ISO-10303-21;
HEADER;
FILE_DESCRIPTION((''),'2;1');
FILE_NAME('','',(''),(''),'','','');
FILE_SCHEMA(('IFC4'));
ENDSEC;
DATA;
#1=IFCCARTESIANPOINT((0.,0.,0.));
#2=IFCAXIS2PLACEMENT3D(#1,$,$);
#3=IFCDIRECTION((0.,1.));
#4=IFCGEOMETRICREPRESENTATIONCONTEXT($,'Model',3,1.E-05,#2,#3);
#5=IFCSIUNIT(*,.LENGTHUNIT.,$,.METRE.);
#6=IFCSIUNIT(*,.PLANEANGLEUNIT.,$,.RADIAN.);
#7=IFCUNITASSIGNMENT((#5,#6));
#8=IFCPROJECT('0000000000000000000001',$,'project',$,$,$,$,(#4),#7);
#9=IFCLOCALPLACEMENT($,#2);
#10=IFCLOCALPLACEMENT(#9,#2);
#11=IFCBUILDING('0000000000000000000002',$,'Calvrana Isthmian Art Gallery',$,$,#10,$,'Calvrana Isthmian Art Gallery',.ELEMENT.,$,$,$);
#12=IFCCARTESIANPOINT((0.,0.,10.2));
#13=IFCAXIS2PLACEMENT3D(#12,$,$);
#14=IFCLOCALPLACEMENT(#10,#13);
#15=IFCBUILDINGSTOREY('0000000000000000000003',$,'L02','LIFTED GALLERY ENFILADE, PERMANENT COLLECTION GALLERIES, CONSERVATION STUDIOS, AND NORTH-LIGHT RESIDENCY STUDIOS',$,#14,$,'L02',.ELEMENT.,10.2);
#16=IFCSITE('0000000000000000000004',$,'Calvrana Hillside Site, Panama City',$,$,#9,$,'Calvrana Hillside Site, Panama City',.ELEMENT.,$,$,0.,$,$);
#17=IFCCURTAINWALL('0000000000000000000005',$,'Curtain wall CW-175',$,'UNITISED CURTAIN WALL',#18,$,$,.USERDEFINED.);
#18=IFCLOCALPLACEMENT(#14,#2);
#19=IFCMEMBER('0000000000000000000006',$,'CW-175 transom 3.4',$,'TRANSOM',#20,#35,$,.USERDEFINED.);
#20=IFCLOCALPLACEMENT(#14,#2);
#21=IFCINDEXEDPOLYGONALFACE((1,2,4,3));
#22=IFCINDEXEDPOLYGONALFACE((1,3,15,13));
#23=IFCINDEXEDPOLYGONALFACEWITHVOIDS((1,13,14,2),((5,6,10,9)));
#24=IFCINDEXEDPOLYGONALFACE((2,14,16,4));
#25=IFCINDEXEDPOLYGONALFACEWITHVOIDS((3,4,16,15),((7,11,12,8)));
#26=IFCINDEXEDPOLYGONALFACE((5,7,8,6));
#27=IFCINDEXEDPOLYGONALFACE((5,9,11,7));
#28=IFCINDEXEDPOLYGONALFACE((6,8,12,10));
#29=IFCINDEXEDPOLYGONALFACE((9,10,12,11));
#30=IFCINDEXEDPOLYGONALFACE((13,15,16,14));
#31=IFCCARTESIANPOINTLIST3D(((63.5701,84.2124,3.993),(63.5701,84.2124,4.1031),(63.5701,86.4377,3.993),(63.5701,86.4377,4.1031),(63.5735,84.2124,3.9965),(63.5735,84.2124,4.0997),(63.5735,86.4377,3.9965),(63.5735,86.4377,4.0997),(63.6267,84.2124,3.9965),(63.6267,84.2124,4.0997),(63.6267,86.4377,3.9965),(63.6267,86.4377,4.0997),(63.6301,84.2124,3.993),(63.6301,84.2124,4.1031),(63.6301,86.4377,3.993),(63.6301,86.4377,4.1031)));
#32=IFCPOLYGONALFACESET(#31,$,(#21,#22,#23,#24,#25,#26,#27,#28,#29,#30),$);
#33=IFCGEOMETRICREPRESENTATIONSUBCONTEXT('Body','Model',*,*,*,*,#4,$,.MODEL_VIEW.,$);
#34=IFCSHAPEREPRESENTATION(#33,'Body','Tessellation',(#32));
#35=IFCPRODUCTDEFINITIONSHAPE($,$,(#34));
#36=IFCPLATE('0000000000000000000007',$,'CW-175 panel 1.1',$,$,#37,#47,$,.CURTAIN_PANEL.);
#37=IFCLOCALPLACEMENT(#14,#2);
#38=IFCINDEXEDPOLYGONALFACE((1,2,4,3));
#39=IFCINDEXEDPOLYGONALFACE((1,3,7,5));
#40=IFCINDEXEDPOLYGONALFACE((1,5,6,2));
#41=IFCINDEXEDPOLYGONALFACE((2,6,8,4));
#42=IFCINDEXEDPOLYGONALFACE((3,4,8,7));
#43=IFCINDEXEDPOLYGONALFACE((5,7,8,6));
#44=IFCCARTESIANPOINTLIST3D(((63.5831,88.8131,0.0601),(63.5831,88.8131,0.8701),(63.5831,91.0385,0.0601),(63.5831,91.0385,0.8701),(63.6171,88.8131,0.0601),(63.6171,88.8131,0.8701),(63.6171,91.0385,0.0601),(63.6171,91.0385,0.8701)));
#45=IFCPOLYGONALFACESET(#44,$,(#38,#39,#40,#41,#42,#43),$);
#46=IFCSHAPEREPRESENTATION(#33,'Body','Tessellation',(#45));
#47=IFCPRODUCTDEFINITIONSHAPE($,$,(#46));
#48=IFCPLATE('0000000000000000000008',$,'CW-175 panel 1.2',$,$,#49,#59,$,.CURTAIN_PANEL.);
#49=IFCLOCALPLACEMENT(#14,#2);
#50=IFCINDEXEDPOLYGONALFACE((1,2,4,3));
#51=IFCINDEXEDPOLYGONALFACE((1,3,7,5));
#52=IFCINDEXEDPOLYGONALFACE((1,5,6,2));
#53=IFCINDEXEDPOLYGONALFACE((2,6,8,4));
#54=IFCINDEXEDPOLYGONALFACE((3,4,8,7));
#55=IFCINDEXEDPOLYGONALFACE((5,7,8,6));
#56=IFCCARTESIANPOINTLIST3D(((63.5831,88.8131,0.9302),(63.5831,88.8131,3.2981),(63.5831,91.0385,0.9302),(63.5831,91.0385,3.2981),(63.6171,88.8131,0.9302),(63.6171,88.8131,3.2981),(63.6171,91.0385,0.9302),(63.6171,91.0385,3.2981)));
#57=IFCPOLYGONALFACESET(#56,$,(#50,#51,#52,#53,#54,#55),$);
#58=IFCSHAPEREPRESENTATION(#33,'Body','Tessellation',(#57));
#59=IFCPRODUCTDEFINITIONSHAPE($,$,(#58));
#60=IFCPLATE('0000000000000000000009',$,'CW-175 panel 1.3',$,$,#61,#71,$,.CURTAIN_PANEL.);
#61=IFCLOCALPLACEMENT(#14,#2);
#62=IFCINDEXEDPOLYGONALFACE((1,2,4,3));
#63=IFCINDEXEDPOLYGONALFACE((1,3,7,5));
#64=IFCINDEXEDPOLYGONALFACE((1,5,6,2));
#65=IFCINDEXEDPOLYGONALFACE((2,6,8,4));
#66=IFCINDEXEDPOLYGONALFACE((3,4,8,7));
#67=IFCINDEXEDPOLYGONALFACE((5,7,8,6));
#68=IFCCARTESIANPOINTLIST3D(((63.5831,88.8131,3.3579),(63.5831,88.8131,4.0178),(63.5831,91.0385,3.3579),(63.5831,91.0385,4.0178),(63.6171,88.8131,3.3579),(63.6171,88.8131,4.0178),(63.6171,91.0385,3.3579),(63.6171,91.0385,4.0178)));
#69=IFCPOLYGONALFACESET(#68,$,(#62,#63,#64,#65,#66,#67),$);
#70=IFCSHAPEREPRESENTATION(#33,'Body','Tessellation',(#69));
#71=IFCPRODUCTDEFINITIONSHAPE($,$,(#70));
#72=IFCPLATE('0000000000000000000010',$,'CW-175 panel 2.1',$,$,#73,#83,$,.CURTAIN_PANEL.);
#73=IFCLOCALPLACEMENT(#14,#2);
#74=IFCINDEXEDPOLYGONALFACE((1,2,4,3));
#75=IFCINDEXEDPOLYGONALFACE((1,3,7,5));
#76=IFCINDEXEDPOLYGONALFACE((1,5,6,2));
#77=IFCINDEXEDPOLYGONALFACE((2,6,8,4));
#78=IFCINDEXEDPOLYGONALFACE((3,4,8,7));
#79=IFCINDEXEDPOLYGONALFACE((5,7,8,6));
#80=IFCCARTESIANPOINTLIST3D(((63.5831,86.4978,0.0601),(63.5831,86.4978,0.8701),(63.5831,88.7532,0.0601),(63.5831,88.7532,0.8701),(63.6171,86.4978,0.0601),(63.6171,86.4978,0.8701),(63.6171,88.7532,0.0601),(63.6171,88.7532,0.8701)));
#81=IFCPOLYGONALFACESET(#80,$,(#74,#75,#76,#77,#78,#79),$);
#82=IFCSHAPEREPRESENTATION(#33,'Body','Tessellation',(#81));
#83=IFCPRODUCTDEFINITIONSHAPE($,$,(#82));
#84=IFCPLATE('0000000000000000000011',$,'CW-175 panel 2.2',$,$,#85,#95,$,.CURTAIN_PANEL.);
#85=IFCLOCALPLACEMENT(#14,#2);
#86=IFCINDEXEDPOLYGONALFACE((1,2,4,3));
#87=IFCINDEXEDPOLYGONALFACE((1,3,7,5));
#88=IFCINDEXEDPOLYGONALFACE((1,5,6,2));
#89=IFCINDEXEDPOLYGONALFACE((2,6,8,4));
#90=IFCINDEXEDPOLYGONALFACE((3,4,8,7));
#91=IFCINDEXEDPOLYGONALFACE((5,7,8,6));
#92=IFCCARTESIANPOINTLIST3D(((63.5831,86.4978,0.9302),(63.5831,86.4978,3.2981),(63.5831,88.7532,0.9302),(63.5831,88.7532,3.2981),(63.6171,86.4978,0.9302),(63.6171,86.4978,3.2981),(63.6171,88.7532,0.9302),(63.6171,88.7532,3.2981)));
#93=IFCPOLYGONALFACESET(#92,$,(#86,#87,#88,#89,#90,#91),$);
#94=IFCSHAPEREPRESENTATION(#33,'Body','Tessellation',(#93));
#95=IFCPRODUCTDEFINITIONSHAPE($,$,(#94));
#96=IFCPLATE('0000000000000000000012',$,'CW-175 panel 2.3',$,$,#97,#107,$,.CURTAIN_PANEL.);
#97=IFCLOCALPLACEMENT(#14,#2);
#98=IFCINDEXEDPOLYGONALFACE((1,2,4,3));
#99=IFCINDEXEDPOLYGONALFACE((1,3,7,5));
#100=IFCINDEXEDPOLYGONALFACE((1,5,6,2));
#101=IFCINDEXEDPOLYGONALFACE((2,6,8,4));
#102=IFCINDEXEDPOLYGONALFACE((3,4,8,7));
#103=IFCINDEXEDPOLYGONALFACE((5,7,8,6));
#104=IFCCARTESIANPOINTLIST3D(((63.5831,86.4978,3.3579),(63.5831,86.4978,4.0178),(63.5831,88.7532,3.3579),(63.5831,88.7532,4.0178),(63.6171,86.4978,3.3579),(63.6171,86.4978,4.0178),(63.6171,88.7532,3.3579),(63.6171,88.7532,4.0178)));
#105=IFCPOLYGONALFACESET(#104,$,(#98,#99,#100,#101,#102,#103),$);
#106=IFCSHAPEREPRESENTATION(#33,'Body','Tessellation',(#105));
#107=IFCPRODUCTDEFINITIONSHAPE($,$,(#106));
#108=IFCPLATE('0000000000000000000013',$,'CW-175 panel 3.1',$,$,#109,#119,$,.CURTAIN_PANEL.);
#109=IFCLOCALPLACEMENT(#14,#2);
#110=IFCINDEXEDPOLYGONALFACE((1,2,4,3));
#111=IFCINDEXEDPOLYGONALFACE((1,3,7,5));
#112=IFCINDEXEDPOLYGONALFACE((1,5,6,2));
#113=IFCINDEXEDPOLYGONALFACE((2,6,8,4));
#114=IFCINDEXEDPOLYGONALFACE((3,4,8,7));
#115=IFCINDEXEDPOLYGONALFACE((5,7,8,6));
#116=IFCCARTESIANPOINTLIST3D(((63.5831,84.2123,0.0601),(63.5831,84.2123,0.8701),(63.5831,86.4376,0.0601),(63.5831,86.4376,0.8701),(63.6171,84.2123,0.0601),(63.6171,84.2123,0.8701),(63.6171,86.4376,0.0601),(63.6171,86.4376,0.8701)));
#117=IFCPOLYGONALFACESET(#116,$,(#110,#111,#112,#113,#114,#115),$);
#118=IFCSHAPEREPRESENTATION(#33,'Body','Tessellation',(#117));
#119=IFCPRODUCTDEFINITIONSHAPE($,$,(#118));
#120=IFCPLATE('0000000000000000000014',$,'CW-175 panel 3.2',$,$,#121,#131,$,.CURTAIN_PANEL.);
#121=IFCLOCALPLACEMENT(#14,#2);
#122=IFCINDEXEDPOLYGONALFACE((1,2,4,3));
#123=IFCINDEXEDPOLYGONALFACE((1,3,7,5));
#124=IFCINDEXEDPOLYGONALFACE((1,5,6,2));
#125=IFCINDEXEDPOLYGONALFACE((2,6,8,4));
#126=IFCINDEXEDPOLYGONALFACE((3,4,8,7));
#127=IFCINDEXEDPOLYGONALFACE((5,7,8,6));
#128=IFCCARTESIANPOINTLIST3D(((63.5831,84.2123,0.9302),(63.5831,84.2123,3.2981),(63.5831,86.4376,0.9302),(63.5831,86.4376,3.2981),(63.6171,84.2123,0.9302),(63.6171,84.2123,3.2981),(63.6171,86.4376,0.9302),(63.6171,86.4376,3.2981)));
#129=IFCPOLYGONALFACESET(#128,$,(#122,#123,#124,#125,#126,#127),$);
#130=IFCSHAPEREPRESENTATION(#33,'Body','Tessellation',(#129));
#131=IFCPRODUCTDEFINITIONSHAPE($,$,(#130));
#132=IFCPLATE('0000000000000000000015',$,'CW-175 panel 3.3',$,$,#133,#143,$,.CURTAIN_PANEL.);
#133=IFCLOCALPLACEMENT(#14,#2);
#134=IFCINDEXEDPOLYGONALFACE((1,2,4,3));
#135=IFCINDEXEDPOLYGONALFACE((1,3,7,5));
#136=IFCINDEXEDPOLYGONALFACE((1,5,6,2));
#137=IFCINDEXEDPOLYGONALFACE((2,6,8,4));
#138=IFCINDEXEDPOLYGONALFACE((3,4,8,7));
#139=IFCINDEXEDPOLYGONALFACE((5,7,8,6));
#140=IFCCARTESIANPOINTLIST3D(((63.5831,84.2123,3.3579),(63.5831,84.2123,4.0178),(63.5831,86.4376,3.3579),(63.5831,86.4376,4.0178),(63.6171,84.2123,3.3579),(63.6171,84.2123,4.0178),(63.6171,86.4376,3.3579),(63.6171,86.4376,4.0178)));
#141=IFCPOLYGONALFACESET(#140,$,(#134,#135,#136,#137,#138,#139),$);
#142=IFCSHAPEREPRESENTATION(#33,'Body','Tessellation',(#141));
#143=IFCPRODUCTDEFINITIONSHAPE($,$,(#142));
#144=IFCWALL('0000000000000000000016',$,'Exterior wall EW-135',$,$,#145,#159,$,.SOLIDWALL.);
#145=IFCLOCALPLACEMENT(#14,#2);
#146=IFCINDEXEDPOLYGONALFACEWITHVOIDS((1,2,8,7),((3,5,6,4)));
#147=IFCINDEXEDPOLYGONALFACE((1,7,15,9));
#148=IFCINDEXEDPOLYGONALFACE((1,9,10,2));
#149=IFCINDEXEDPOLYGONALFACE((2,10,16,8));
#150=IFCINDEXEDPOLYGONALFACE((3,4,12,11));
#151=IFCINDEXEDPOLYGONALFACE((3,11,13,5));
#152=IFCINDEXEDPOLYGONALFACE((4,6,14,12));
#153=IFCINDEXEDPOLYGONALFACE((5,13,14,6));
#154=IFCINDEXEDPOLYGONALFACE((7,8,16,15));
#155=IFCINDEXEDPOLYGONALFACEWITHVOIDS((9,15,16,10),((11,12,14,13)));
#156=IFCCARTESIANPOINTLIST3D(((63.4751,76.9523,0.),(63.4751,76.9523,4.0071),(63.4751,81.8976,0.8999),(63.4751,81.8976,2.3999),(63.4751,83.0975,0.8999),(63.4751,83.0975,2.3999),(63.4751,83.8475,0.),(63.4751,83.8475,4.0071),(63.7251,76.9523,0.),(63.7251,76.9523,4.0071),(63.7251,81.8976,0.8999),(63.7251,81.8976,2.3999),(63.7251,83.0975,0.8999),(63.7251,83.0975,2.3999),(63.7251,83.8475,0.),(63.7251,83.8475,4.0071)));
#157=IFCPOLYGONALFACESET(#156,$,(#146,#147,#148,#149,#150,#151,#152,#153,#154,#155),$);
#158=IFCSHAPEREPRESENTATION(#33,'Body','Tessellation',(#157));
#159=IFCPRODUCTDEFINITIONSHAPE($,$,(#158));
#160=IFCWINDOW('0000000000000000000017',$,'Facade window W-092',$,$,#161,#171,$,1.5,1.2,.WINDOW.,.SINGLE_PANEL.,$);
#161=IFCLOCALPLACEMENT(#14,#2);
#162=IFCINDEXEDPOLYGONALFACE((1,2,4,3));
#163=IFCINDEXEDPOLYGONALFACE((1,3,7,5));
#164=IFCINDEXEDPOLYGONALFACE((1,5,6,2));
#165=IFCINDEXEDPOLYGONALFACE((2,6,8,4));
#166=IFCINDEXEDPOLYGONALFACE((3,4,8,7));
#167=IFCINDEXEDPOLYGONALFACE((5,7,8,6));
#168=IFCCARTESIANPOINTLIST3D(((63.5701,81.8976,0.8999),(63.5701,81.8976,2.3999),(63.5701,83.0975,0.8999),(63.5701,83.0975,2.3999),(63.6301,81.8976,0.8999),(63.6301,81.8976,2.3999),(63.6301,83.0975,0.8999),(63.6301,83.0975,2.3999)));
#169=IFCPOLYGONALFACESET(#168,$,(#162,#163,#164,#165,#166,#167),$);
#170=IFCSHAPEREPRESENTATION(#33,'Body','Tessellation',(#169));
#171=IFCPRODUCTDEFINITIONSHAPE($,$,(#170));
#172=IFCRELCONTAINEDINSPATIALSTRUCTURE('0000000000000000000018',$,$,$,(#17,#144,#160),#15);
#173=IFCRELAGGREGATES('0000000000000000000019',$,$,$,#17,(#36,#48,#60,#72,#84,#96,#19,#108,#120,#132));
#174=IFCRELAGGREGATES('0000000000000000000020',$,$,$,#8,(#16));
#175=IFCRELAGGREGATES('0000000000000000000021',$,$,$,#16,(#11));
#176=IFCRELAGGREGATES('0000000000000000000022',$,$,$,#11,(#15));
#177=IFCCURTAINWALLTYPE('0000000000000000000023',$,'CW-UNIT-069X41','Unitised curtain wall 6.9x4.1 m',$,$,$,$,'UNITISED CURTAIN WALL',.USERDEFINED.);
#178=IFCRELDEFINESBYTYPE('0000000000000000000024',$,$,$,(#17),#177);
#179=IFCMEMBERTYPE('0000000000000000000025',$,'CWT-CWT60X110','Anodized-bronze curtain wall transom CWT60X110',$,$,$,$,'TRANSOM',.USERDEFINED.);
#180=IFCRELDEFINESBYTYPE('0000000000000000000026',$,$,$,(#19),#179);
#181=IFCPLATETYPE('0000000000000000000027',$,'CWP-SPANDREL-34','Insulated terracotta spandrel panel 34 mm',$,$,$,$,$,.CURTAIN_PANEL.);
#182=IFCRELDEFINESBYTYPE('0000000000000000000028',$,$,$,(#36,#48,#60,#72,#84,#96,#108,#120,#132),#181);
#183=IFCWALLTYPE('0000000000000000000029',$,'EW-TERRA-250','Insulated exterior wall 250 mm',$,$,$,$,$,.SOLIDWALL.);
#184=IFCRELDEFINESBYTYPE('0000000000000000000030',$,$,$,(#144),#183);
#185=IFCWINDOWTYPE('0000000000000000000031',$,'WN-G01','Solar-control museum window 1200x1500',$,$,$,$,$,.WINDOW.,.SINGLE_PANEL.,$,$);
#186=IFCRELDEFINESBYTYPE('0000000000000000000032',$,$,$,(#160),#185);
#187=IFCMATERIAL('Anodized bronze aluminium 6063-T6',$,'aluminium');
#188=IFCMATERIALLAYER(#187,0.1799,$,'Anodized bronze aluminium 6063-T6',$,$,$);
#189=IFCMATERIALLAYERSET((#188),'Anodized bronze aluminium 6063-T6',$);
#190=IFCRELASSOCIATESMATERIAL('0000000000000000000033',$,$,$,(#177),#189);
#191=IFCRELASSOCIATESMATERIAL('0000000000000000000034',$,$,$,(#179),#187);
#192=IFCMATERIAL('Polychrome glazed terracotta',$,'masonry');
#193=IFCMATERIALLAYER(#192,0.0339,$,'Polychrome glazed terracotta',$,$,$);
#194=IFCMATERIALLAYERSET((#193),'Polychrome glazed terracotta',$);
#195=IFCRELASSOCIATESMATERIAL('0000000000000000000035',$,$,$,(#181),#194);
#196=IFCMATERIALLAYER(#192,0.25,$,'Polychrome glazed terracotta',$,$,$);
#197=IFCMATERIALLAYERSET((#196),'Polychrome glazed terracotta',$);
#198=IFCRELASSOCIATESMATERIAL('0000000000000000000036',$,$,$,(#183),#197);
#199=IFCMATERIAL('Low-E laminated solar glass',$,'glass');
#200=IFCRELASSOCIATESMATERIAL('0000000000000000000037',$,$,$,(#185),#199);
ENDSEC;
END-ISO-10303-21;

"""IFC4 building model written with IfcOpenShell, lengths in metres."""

from ifc_helpers import new_model, si_unit, direction, frame, frame_2d, origin, origin_2d, place, context, subcontext, project, spatial, rectangle, hollow_rectangle, extrude, material, layer, layer_set, material_profile, profile_set, type_object, element, fill, aggregate, save


model = new_model("IFC4")

# Units and contexts
model_context = context("Model", 3, precision=1e-05, world=origin(), true_north=direction((0.0, 1.0)))
body_context = subcontext(model_context, "Body", "Model", "MODEL_VIEW")
ifc_project = project(units=[si_unit("LENGTHUNIT", "METRE"), si_unit("PLANEANGLEUNIT", "RADIAN")], contexts=[model_context])

# Site, building, storey
site_placement = place(None, origin())
site = spatial("IfcSite", under=ifc_project, at=site_placement, Name="Calvrana Hillside Site, Panama City", LongName="Calvrana Hillside Site, Panama City", CompositionType="ELEMENT", RefElevation=0.0)
building_placement = place(site_placement, origin())
building = spatial("IfcBuilding", under=site, at=building_placement, Name="Calvrana Isthmian Art Gallery", LongName="Calvrana Isthmian Art Gallery", CompositionType="ELEMENT")
storey_placement = place(building_placement, frame((0.0, 0.0, 10.2)))
storey = spatial("IfcBuildingStorey", under=building, at=storey_placement, Name="L02", Description="LIFTED GALLERY ENFILADE, PERMANENT COLLECTION GALLERIES, CONSERVATION STUDIOS, AND NORTH-LIGHT RESIDENCY STUDIOS", LongName="L02", CompositionType="ELEMENT", Elevation=10.2)

# Curtain wall, member, plates
ifc_material_1 = material(Name="Anodized bronze aluminium 6063-T6", Category="aluminium")
ifc_layer_1 = layer(ifc_material_1, 0.1799, Name="Anodized bronze aluminium 6063-T6")
ifc_layer_set_1 = layer_set([ifc_layer_1], Name="Anodized bronze aluminium 6063-T6")
curtain_wall_type = type_object("IfcCurtainWallType", Name="CW-UNIT-069X41", Description="Unitised curtain wall 6.9x4.1 m", ElementType="UNITISED CURTAIN WALL", PredefinedType="USERDEFINED", material=ifc_layer_set_1)
curtain_wall_placement = place(storey_placement, origin())
curtain_wall = element("IfcCurtainWall", 1, at=curtain_wall_placement, inside=storey, type_object=curtain_wall_type, Name="Curtain wall CW-175", ObjectType="UNITISED CURTAIN WALL", PredefinedType="USERDEFINED")
ifc_material_profile_1 = material_profile(ifc_material_1, hollow_rectangle(XDim=0.0601, YDim=0.1101, WallThickness=0.0034, at=origin_2d()), Name="CWT60X110")
ifc_profile_set_1 = profile_set([ifc_material_profile_1], Name="Anodized bronze aluminium 6063-T6")
member_type_1 = type_object("IfcMemberType", Name="CWT-CWT60X110", Description="Anodized-bronze curtain wall transom CWT60X110", ElementType="TRANSOM", PredefinedType="USERDEFINED", material=ifc_profile_set_1)
member_1_placement = place(storey_placement, frame((63.6001, 86.4377, 4.0481), z_axis=(0.0, -1.0, 0.0), x_axis=(1.0, 0.0, 0.0)))
member_1 = element("IfcMember", 2, at=member_1_placement, type_object=member_type_1, Name="CW-175 transom 3.4", ObjectType="TRANSOM", PredefinedType="USERDEFINED", context=body_context, shape_type="SweptSolid", body=[
    extrude(hollow_rectangle(XDim=0.0601, YDim=0.1101, WallThickness=0.0034, at=origin_2d()), origin(), (0.0, 0.0, 1.0), 2.2253),
])
ifc_material_2 = material(Name="Polychrome glazed terracotta", Category="masonry")
ifc_layer_2 = layer(ifc_material_2, 0.0339, Name="Polychrome glazed terracotta")
ifc_layer_set_2 = layer_set([ifc_layer_2], Name="Polychrome glazed terracotta")
plate_type = type_object("IfcPlateType", Name="CWP-SPANDREL-34", Description="Insulated terracotta spandrel panel 34 mm", PredefinedType="CURTAIN_PANEL", material=ifc_layer_set_2)
plate_1_placement = place(storey_placement, frame((63.6001, 89.9258, 0.0601), z_axis=(0.0, 0.0, 1.0), x_axis=(0.0, -1.0, 0.0)))
plate_1 = element("IfcPlate", 3, at=plate_1_placement, type_object=plate_type, Name="CW-175 panel 1.1", PredefinedType="CURTAIN_PANEL", context=body_context, shape_type="SweptSolid", body=[
    extrude(rectangle(XDim=2.2253, YDim=0.0339, at=origin_2d()), origin(), (0.0, 0.0, 1.0), 0.8101),
])
plate_2_placement = place(storey_placement, frame((63.6001, 89.9258, 0.9302), z_axis=(0.0, 0.0, 1.0), x_axis=(0.0, -1.0, 0.0)))
plate_2 = element("IfcPlate", 4, at=plate_2_placement, type_object=plate_type, Name="CW-175 panel 1.2", PredefinedType="CURTAIN_PANEL", context=body_context, shape_type="SweptSolid", body=[
    extrude(rectangle(XDim=2.2253, YDim=0.0339, at=origin_2d()), origin(), (0.0, 0.0, 1.0), 2.3679),
])
plate_3_placement = place(storey_placement, frame((63.6001, 89.9258, 3.3579), z_axis=(0.0, 0.0, 1.0), x_axis=(0.0, -1.0, 0.0)))
plate_3 = element("IfcPlate", 5, at=plate_3_placement, type_object=plate_type, Name="CW-175 panel 1.3", PredefinedType="CURTAIN_PANEL", context=body_context, shape_type="SweptSolid", body=[
    extrude(rectangle(XDim=2.2253, YDim=0.0339, at=origin_2d()), origin(), (0.0, 0.0, 1.0), 0.6599),
])
plate_4_placement = place(storey_placement, frame((63.6001, 87.6255, 0.0601), z_axis=(0.0, 0.0, 1.0), x_axis=(0.0, -1.0, 0.0)))
plate_4 = element("IfcPlate", 6, at=plate_4_placement, type_object=plate_type, Name="CW-175 panel 2.1", PredefinedType="CURTAIN_PANEL", context=body_context, shape_type="SweptSolid", body=[
    extrude(rectangle(XDim=2.2554, YDim=0.0339, at=origin_2d()), origin(), (0.0, 0.0, 1.0), 0.8101),
])
plate_5_placement = place(storey_placement, frame((63.6001, 87.6255, 0.9302), z_axis=(0.0, 0.0, 1.0), x_axis=(0.0, -1.0, 0.0)))
plate_5 = element("IfcPlate", 7, at=plate_5_placement, type_object=plate_type, Name="CW-175 panel 2.2", PredefinedType="CURTAIN_PANEL", context=body_context, shape_type="SweptSolid", body=[
    extrude(rectangle(XDim=2.2554, YDim=0.0339, at=origin_2d()), origin(), (0.0, 0.0, 1.0), 2.3679),
])
plate_6_placement = place(storey_placement, frame((63.6001, 87.6255, 3.3579), z_axis=(0.0, 0.0, 1.0), x_axis=(0.0, -1.0, 0.0)))
plate_6 = element("IfcPlate", 8, at=plate_6_placement, type_object=plate_type, Name="CW-175 panel 2.3", PredefinedType="CURTAIN_PANEL", context=body_context, shape_type="SweptSolid", body=[
    extrude(rectangle(XDim=2.2554, YDim=0.0339, at=origin_2d()), origin(), (0.0, 0.0, 1.0), 0.6599),
])
plate_7_placement = place(storey_placement, frame((63.6001, 85.325, 0.0601), z_axis=(0.0, 0.0, 1.0), x_axis=(0.0, -1.0, 0.0)))
plate_7 = element("IfcPlate", 9, at=plate_7_placement, type_object=plate_type, Name="CW-175 panel 3.1", PredefinedType="CURTAIN_PANEL", context=body_context, shape_type="SweptSolid", body=[
    extrude(rectangle(XDim=2.2253, YDim=0.0339, at=origin_2d()), origin(), (0.0, 0.0, 1.0), 0.8101),
])
plate_8_placement = place(storey_placement, frame((63.6001, 85.325, 0.9302), z_axis=(0.0, 0.0, 1.0), x_axis=(0.0, -1.0, 0.0)))
plate_8 = element("IfcPlate", 10, at=plate_8_placement, type_object=plate_type, Name="CW-175 panel 3.2", PredefinedType="CURTAIN_PANEL", context=body_context, shape_type="SweptSolid", body=[
    extrude(rectangle(XDim=2.2253, YDim=0.0339, at=origin_2d()), origin(), (0.0, 0.0, 1.0), 2.3679),
])
plate_9_placement = place(storey_placement, frame((63.6001, 85.325, 3.3579), z_axis=(0.0, 0.0, 1.0), x_axis=(0.0, -1.0, 0.0)))
plate_9 = element("IfcPlate", 11, at=plate_9_placement, type_object=plate_type, Name="CW-175 panel 3.3", PredefinedType="CURTAIN_PANEL", context=body_context, shape_type="SweptSolid", body=[
    extrude(rectangle(XDim=2.2253, YDim=0.0339, at=origin_2d()), origin(), (0.0, 0.0, 1.0), 0.6599),
])
aggregate(curtain_wall, [plate_1, plate_2, plate_3, plate_4, plate_5, plate_6, member_1, plate_7, plate_8, plate_9])

# Wall, opening, window
ifc_layer_3 = layer(ifc_material_2, 0.25, Name="Polychrome glazed terracotta")
ifc_layer_set_3 = layer_set([ifc_layer_3], Name="Polychrome glazed terracotta")
wall_type = type_object("IfcWallType", Name="EW-TERRA-250", Description="Insulated exterior wall 250 mm", PredefinedType="SOLIDWALL", material=ifc_layer_set_3)
wall_placement = place(storey_placement, frame((63.6001, 83.8477, 0.0), z_axis=(0.0, 0.0, 1.0), x_axis=(0.0, -1.0, 0.0)))
wall = element("IfcWall", 12, at=wall_placement, inside=storey, type_object=wall_type, Name="Exterior wall EW-135", PredefinedType="SOLIDWALL", context=body_context, shape_type="SweptSolid", body=[
    extrude(rectangle(XDim=6.8953, YDim=0.25, at=frame_2d((3.4478, 0.0))), origin(), (0.0, 0.0, 1.0), 4.0071),
])
opening_placement = place(wall_placement, frame((0.75, 0.0, 0.8999)))
opening = element("IfcOpeningElement", 13, at=opening_placement, cuts=wall, PredefinedType="OPENING", context=body_context, shape_type="SweptSolid", body=[
    extrude(rectangle(XDim=1.2, YDim=1.5, at=frame_2d((0.6001, 0.75))), frame((0.0, 0.1353, 0.0), z_axis=(0.0, -1.0, 0.0), x_axis=(1.0, 0.0, 0.0)), (0.0, 0.0, 1.0), 0.2705),
])
ifc_material_3 = material(Name="Low-E laminated solar glass", Category="glass")
window_type = type_object("IfcWindowType", Name="WN-G01", Description="Solar-control museum window 1200x1500", PartitioningType="SINGLE_PANEL", PredefinedType="WINDOW", material=ifc_material_3)
window_placement = place(opening_placement, origin())
window = element("IfcWindow", 14, at=window_placement, inside=storey, type_object=window_type, Name="Facade window W-092", OverallHeight=1.5, OverallWidth=1.2, PartitioningType="SINGLE_PANEL", PredefinedType="WINDOW", context=body_context, shape_type="SweptSolid", body=[
    extrude(rectangle(XDim=1.2, YDim=1.5, at=frame_2d((0.6001, 0.75))), frame((0.0, 0.03, 0.0), z_axis=(0.0, -1.0, 0.0), x_axis=(1.0, 0.0, 0.0)), (0.0, 0.0, 1.0), 0.0601),
])
fill(opening, window)

save(model, "model.ifc")
